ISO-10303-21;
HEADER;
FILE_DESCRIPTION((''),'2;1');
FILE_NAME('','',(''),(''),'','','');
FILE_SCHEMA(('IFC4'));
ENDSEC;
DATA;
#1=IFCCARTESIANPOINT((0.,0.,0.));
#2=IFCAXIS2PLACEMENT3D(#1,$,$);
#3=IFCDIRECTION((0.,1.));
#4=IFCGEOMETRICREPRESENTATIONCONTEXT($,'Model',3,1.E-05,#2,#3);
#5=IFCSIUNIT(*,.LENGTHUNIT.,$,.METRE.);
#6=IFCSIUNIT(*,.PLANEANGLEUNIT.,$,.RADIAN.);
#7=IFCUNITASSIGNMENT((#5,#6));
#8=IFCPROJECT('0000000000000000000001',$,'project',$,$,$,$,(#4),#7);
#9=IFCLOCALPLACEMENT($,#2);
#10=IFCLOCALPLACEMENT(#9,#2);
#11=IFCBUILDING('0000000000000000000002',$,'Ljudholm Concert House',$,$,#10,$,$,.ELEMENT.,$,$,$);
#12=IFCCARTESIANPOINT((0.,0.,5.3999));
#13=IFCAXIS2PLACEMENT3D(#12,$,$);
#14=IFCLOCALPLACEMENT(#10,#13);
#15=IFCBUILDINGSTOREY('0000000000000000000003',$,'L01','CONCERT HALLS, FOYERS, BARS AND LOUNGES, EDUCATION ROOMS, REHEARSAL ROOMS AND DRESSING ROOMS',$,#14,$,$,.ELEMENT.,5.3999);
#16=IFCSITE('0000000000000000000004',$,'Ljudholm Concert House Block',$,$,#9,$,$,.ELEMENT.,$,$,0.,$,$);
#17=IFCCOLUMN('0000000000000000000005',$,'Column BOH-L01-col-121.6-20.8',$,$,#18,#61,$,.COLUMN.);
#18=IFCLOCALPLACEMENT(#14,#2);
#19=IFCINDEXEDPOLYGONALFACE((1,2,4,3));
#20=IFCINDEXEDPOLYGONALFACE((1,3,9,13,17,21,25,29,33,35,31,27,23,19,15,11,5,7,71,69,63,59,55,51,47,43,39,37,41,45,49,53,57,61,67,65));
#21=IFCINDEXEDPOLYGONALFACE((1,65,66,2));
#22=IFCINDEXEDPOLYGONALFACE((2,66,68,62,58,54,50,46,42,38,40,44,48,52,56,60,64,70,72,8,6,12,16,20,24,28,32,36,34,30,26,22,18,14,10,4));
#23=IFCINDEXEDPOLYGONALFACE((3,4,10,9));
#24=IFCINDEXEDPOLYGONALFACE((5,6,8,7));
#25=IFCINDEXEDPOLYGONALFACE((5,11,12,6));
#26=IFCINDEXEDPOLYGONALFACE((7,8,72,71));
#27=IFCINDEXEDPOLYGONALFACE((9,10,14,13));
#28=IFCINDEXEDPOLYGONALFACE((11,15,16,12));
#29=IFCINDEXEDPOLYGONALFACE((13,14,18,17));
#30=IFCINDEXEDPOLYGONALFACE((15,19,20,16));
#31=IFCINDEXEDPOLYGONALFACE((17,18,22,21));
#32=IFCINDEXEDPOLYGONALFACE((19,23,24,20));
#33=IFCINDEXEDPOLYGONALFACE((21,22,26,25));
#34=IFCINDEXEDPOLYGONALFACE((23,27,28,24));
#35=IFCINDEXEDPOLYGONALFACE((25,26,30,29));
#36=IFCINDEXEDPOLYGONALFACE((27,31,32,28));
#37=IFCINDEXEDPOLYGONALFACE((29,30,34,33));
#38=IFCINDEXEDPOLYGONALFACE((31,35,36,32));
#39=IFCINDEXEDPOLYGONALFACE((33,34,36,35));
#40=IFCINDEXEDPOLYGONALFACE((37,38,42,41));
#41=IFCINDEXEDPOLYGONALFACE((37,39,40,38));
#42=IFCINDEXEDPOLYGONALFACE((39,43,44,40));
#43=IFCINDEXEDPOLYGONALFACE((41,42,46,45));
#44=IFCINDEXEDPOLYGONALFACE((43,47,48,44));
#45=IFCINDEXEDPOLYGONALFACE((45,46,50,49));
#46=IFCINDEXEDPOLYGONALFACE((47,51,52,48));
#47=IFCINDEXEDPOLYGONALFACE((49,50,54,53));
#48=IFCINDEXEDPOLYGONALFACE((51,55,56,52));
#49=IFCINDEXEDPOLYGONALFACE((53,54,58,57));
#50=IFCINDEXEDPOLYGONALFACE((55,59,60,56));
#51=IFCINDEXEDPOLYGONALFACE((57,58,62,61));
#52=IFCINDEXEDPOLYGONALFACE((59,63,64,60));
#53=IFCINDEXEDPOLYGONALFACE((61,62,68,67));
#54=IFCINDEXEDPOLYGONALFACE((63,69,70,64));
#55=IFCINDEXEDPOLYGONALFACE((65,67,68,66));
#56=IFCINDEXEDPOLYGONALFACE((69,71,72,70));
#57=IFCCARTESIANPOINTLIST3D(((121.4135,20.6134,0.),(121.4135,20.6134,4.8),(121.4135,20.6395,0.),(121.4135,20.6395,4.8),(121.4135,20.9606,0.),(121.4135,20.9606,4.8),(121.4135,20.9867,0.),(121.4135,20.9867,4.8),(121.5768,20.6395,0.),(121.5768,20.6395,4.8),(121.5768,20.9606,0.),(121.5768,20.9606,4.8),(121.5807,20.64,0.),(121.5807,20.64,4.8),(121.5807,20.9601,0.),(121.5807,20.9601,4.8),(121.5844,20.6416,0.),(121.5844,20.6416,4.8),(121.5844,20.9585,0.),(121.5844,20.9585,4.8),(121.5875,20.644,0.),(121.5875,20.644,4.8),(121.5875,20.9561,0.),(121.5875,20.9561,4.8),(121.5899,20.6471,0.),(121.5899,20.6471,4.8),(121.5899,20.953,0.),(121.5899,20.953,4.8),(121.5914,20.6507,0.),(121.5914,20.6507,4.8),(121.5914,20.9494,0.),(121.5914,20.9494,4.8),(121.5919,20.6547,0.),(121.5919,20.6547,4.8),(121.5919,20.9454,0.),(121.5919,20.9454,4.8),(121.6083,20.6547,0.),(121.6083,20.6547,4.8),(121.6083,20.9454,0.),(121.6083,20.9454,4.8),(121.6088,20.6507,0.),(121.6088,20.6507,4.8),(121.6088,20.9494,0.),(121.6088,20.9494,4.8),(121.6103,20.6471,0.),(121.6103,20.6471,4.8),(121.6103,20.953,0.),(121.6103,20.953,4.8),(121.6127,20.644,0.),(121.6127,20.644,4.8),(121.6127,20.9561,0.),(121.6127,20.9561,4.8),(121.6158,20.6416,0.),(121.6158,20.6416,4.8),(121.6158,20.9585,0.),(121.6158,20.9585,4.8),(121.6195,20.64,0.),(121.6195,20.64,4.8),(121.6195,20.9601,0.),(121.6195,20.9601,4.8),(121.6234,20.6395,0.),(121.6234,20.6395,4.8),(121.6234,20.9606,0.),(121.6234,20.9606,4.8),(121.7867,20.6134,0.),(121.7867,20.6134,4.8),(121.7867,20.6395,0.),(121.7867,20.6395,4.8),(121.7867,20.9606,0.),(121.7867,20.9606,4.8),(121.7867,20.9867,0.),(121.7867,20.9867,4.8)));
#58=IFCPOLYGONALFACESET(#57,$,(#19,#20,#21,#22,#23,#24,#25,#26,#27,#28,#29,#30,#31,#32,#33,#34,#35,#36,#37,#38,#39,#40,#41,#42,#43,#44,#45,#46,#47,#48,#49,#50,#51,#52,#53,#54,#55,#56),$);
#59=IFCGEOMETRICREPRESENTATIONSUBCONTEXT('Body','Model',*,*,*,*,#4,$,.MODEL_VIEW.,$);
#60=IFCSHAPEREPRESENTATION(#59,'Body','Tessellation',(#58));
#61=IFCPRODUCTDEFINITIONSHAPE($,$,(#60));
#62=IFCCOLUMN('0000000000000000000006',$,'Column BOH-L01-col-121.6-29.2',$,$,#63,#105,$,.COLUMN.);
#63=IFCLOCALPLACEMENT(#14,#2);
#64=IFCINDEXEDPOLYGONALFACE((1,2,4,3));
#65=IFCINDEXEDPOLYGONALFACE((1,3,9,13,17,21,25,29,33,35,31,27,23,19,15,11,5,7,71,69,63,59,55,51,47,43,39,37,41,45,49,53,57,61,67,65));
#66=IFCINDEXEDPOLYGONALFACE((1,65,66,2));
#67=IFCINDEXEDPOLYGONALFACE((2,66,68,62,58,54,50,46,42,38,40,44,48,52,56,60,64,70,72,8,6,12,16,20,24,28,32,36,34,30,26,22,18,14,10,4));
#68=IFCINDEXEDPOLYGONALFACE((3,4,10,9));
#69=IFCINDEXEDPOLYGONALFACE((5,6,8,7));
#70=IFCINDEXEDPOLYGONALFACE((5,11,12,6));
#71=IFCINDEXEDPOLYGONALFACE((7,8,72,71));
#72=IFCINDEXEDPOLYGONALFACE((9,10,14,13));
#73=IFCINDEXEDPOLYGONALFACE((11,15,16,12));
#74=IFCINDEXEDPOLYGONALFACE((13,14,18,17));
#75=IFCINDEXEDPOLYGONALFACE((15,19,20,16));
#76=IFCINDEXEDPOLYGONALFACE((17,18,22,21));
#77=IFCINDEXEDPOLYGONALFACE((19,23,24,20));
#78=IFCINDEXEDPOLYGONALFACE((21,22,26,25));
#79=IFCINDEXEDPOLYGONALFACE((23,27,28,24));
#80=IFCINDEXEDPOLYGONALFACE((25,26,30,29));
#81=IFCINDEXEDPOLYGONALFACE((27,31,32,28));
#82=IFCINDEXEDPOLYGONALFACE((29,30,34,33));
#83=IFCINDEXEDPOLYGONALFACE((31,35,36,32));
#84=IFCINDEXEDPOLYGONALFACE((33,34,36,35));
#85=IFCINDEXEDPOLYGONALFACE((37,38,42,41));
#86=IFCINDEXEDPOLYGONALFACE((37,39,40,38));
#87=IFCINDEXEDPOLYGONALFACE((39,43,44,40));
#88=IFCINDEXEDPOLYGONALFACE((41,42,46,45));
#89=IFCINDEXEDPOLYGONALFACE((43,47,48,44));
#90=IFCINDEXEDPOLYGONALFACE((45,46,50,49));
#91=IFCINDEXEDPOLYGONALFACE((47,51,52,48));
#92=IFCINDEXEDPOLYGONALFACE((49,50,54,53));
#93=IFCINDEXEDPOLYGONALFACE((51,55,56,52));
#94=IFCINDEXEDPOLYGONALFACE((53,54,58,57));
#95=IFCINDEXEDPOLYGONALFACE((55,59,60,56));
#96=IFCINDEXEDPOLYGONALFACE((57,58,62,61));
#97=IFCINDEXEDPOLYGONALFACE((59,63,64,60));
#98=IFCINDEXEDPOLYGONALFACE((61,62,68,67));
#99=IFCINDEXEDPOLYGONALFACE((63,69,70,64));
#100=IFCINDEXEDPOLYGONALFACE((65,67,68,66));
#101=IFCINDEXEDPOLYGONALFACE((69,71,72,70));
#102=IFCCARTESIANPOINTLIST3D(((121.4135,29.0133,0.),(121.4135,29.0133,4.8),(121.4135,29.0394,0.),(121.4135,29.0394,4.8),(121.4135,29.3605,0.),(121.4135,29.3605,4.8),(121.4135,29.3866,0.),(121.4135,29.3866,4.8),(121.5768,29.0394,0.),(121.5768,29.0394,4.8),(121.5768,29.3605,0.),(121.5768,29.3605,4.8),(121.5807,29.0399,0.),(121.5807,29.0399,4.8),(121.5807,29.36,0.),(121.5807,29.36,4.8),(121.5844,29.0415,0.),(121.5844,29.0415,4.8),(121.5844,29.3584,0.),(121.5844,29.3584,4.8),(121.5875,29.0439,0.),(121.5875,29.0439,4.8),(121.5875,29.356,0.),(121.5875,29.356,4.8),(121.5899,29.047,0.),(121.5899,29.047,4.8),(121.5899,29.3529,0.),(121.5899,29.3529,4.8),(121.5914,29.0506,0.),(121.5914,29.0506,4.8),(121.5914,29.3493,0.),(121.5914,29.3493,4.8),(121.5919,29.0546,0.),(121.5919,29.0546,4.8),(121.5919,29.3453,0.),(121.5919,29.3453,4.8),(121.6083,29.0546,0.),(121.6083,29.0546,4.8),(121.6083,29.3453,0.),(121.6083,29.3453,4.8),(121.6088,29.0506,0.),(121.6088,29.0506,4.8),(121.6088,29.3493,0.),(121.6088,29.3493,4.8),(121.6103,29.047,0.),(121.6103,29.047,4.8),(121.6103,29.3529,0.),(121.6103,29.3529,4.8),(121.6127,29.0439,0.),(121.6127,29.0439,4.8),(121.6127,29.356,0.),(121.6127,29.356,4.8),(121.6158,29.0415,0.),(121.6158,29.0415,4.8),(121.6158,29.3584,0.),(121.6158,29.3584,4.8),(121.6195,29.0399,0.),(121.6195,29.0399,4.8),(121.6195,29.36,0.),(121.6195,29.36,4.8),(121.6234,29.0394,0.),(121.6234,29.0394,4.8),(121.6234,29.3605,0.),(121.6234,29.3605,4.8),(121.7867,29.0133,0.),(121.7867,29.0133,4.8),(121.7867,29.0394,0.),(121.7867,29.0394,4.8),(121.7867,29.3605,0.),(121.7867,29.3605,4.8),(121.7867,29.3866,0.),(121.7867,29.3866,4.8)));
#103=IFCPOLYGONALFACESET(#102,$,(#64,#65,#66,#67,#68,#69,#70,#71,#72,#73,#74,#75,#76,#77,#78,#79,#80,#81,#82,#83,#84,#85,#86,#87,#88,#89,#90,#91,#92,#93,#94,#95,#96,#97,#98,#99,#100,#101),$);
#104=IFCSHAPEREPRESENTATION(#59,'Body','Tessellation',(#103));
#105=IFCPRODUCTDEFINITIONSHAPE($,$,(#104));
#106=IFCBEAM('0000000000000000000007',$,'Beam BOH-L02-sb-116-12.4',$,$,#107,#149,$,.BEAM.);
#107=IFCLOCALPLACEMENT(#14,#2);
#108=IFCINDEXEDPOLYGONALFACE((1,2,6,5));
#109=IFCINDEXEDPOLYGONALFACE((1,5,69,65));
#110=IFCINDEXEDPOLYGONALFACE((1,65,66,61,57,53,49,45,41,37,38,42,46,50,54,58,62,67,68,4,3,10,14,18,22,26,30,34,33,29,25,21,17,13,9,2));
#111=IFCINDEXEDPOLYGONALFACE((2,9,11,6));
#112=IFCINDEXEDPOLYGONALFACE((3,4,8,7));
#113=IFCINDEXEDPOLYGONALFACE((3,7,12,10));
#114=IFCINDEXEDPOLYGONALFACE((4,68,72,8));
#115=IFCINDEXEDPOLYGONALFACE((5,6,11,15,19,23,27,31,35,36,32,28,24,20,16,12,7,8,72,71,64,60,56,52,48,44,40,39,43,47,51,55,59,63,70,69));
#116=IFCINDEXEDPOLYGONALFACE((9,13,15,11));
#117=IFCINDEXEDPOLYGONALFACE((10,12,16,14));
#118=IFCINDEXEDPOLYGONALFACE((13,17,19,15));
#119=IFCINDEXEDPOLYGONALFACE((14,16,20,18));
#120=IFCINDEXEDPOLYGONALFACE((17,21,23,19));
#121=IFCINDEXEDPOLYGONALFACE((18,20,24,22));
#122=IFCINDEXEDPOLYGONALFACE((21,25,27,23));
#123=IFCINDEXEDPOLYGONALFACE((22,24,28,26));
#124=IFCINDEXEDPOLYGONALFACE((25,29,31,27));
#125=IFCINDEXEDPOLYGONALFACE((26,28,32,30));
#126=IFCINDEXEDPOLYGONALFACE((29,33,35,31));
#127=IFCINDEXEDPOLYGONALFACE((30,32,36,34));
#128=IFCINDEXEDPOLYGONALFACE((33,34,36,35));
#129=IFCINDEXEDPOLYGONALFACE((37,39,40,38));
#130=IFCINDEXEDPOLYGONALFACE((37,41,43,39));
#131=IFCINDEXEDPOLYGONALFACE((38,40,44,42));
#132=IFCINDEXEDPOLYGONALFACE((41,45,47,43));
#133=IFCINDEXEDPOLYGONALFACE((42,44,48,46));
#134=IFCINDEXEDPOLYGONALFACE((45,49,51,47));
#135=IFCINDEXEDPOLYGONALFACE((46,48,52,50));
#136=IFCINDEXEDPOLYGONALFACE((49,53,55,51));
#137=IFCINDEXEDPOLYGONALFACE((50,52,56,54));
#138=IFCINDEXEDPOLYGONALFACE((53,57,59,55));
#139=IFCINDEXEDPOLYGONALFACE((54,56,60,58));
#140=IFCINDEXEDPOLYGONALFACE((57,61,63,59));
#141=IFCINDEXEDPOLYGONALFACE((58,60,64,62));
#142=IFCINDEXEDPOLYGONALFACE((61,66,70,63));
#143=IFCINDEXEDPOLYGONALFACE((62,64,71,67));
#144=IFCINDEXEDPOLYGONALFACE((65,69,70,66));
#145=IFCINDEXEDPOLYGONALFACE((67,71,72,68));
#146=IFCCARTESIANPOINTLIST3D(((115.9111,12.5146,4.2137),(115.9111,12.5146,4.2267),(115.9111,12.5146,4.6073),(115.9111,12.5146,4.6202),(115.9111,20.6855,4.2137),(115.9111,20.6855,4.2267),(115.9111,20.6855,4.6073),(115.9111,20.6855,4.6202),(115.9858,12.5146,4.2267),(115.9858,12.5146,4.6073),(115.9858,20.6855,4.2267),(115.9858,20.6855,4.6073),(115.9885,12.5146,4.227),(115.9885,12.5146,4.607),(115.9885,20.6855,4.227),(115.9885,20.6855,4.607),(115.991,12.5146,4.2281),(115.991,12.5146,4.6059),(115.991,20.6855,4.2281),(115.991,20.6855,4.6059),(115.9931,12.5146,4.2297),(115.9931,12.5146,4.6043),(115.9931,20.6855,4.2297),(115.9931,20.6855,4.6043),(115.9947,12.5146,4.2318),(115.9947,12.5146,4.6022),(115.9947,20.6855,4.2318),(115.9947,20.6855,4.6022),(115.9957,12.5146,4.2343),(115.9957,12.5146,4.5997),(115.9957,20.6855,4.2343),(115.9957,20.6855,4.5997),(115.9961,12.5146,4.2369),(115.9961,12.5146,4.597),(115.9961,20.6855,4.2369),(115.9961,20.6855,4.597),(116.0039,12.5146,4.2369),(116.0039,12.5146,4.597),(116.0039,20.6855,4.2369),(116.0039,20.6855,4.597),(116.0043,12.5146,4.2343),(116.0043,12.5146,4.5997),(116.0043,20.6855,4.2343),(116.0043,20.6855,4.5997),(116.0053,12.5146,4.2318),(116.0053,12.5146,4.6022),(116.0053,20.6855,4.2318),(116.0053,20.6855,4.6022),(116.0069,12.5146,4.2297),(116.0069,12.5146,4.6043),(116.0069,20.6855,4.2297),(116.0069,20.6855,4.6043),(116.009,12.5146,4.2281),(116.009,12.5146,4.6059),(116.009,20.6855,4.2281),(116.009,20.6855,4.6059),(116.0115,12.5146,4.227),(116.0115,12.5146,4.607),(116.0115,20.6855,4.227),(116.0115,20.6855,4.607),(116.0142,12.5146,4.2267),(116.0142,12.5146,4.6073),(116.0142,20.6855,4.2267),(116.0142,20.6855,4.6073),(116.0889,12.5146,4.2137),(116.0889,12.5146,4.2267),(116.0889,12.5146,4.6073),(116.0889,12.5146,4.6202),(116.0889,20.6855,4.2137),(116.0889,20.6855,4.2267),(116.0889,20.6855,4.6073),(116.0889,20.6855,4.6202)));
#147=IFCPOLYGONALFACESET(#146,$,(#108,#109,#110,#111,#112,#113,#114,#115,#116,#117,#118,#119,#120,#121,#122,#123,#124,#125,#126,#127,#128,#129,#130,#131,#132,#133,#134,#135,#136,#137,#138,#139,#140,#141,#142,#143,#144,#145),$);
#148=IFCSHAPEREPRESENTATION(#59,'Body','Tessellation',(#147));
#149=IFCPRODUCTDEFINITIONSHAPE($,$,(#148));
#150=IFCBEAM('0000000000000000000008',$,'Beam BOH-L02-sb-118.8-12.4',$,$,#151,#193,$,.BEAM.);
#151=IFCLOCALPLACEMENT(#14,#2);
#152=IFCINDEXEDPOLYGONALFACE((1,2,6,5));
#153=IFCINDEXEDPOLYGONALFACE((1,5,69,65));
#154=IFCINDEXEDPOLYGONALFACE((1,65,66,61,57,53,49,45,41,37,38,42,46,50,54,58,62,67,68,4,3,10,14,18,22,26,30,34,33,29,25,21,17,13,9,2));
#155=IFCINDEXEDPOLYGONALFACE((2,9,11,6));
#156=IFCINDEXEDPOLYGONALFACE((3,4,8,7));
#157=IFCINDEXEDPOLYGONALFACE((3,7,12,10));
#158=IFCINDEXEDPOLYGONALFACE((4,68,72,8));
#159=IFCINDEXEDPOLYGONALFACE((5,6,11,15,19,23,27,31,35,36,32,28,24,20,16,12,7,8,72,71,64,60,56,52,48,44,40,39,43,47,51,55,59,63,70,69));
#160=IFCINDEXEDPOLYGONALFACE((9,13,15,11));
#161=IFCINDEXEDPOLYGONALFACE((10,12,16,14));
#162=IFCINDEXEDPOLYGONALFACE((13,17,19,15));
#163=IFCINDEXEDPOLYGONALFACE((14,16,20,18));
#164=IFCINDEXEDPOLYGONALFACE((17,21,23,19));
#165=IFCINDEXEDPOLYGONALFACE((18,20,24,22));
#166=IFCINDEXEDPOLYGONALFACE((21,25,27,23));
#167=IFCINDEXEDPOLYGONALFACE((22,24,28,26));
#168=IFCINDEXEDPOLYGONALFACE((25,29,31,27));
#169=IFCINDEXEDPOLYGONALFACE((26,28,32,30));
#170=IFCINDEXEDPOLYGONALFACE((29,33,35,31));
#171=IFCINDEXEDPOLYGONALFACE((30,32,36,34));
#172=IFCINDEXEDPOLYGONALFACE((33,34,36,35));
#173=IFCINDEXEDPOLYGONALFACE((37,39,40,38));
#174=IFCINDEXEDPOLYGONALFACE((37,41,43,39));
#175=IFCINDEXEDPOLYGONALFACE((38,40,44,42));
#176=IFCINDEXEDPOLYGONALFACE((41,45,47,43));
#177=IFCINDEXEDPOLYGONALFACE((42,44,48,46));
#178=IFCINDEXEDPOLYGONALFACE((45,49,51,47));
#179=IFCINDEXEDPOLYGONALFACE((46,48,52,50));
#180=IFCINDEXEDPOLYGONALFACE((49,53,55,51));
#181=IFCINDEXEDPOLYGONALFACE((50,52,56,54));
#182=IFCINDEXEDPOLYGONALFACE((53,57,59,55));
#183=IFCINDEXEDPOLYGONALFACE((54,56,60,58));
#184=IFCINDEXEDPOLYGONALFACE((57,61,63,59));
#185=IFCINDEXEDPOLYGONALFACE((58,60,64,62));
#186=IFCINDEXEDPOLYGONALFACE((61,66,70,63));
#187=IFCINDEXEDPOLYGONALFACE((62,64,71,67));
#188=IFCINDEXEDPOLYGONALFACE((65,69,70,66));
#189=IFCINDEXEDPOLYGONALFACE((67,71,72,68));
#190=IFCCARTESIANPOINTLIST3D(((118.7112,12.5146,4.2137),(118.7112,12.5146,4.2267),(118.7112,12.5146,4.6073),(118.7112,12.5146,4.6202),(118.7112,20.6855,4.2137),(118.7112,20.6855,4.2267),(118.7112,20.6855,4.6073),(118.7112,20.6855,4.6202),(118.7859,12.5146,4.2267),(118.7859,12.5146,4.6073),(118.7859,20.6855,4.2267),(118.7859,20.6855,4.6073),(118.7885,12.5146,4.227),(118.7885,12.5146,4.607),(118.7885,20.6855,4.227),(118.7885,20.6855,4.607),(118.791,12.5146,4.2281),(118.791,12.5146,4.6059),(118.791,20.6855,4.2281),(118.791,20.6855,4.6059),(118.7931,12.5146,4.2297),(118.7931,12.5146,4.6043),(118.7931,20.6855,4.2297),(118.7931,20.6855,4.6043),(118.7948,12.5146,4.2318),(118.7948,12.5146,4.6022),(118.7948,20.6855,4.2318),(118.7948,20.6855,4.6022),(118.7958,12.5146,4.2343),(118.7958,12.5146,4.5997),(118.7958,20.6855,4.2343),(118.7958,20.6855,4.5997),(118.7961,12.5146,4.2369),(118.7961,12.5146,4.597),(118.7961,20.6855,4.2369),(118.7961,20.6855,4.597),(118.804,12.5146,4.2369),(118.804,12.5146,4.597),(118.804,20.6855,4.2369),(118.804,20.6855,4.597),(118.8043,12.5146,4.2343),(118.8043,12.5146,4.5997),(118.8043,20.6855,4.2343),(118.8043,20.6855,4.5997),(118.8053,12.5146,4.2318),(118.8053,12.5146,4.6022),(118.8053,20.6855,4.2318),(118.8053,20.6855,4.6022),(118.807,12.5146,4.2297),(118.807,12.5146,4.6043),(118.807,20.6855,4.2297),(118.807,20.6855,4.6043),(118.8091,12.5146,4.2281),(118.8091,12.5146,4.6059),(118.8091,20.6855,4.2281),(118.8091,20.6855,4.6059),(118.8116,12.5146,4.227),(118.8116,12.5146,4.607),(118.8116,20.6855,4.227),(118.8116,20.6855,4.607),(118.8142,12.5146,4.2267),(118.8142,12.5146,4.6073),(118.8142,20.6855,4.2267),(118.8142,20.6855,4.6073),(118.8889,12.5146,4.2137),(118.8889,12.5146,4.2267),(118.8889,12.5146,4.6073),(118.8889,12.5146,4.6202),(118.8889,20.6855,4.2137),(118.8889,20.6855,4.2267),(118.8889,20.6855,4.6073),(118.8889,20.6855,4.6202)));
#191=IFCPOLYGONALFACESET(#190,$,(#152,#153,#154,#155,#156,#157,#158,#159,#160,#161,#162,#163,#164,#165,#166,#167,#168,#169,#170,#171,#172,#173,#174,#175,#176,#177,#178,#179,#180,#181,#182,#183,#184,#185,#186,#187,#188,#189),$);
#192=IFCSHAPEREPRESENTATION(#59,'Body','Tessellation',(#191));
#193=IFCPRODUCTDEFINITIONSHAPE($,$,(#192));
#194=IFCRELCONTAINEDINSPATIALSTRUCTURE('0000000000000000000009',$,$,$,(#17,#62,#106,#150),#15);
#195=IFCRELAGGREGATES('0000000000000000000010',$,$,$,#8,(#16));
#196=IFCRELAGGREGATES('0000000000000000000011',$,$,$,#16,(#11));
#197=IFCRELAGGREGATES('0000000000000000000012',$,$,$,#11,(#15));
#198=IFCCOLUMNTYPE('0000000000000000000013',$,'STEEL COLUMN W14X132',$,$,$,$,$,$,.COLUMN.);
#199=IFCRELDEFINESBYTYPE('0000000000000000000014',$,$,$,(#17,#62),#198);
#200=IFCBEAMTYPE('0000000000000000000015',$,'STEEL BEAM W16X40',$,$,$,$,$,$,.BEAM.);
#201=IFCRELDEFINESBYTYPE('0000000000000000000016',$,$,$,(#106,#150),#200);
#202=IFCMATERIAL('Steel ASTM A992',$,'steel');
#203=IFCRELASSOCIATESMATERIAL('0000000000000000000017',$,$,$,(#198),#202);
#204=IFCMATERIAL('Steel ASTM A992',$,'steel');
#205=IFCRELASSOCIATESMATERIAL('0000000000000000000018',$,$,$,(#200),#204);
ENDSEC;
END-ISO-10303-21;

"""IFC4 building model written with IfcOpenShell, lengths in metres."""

from ifc_helpers import new_model, si_unit, direction, frame, origin, origin_2d, place, context, subcontext, project, spatial, i_section, extrude, material, material_profile, profile_set, type_object, element, save


model = new_model("IFC4")

# Units and contexts
model_context = context("Model", 3, precision=1e-05, world=origin(), true_north=direction((0.0, 1.0)))
body_context = subcontext(model_context, "Body", "Model", "MODEL_VIEW")
ifc_project = project(units=[si_unit("LENGTHUNIT", "METRE"), si_unit("PLANEANGLEUNIT", "RADIAN")], contexts=[model_context])

# Site, building, storey
site_placement = place(None, origin())
site = spatial("IfcSite", under=ifc_project, at=site_placement, Name="Ljudholm Concert House Block", CompositionType="ELEMENT", RefElevation=0.0)
building_placement = place(site_placement, origin())
building = spatial("IfcBuilding", under=site, at=building_placement, Name="Ljudholm Concert House", CompositionType="ELEMENT")
storey_placement = place(building_placement, frame((0.0, 0.0, 5.3999)))
storey = spatial("IfcBuildingStorey", under=building, at=storey_placement, Name="L01", Description="CONCERT HALLS, FOYERS, BARS AND LOUNGES, EDUCATION ROOMS, REHEARSAL ROOMS AND DRESSING ROOMS", CompositionType="ELEMENT", Elevation=5.3999)

# Columns
ifc_material_1 = material(Name="Steel ASTM A992", Category="steel")
ifc_material_profile_1 = material_profile(ifc_material_1, i_section(OverallWidth=0.3733, OverallDepth=0.3733, WebThickness=0.0164, FlangeThickness=0.0261, FilletRadius=0.0151, at=origin_2d()), Name="W14X132")
ifc_profile_set_1 = profile_set([ifc_material_profile_1], Name="Steel ASTM A992")
column_type = type_object("IfcColumnType", Name="STEEL COLUMN W14X132", PredefinedType="COLUMN", material=ifc_profile_set_1)
for number, where, z_axis, x_axis, name in (
    (1, (121.6001, 20.8, 0.0), (0.0, 0.0, 1.0), (1.0, 0.0, 0.0), "Column BOH-L01-col-121.6-20.8"),
    (2, (121.6001, 29.2, 0.0), (0.0, 0.0, 1.0), (1.0, 0.0, 0.0), "Column BOH-L01-col-121.6-29.2"),
):
    element("IfcColumn", number, at=place(storey_placement, frame(where, z_axis=z_axis, x_axis=x_axis)), inside=storey, type_object=column_type, Name=name, PredefinedType="COLUMN", context=body_context, shape_type="SweptSolid", body=[
        extrude(i_section(OverallWidth=0.3733, OverallDepth=0.3733, WebThickness=0.0164, FlangeThickness=0.0261, FilletRadius=0.0151, at=origin_2d()), origin(), (0.0, 0.0, 1.0), 4.8),
    ])

# Beams
ifc_material_2 = material(Name="Steel ASTM A992", Category="steel")
ifc_material_profile_2 = material_profile(ifc_material_2, i_section(OverallWidth=0.1777, OverallDepth=0.4065, WebThickness=0.0078, FlangeThickness=0.0129, FilletRadius=0.0103, at=origin_2d()), Name="W16X40")
ifc_profile_set_2 = profile_set([ifc_material_profile_2], Name="Steel ASTM A992")
beam_type_1 = type_object("IfcBeamType", Name="STEEL BEAM W16X40", PredefinedType="BEAM", material=ifc_profile_set_2)
for number, where, z_axis, x_axis, name in (
    (3, (116.0, 12.5146, 4.417), (0.0, 1.0, 0.0), (-1.0, 0.0, 0.0), "Beam BOH-L02-sb-116-12.4"),
    (4, (118.8, 12.5146, 4.417), (0.0, 1.0, 0.0), (-1.0, 0.0, 0.0), "Beam BOH-L02-sb-118.8-12.4"),
):
    element("IfcBeam", number, at=place(storey_placement, frame(where, z_axis=z_axis, x_axis=x_axis)), inside=storey, type_object=beam_type_1, Name=name, PredefinedType="BEAM", context=body_context, shape_type="SweptSolid", body=[
        extrude(i_section(OverallWidth=0.1777, OverallDepth=0.4065, WebThickness=0.0078, FlangeThickness=0.0129, FilletRadius=0.0103, at=origin_2d()), origin(), (0.0, 0.0, 1.0), 8.1709),
    ])

save(model, "model.ifc")
